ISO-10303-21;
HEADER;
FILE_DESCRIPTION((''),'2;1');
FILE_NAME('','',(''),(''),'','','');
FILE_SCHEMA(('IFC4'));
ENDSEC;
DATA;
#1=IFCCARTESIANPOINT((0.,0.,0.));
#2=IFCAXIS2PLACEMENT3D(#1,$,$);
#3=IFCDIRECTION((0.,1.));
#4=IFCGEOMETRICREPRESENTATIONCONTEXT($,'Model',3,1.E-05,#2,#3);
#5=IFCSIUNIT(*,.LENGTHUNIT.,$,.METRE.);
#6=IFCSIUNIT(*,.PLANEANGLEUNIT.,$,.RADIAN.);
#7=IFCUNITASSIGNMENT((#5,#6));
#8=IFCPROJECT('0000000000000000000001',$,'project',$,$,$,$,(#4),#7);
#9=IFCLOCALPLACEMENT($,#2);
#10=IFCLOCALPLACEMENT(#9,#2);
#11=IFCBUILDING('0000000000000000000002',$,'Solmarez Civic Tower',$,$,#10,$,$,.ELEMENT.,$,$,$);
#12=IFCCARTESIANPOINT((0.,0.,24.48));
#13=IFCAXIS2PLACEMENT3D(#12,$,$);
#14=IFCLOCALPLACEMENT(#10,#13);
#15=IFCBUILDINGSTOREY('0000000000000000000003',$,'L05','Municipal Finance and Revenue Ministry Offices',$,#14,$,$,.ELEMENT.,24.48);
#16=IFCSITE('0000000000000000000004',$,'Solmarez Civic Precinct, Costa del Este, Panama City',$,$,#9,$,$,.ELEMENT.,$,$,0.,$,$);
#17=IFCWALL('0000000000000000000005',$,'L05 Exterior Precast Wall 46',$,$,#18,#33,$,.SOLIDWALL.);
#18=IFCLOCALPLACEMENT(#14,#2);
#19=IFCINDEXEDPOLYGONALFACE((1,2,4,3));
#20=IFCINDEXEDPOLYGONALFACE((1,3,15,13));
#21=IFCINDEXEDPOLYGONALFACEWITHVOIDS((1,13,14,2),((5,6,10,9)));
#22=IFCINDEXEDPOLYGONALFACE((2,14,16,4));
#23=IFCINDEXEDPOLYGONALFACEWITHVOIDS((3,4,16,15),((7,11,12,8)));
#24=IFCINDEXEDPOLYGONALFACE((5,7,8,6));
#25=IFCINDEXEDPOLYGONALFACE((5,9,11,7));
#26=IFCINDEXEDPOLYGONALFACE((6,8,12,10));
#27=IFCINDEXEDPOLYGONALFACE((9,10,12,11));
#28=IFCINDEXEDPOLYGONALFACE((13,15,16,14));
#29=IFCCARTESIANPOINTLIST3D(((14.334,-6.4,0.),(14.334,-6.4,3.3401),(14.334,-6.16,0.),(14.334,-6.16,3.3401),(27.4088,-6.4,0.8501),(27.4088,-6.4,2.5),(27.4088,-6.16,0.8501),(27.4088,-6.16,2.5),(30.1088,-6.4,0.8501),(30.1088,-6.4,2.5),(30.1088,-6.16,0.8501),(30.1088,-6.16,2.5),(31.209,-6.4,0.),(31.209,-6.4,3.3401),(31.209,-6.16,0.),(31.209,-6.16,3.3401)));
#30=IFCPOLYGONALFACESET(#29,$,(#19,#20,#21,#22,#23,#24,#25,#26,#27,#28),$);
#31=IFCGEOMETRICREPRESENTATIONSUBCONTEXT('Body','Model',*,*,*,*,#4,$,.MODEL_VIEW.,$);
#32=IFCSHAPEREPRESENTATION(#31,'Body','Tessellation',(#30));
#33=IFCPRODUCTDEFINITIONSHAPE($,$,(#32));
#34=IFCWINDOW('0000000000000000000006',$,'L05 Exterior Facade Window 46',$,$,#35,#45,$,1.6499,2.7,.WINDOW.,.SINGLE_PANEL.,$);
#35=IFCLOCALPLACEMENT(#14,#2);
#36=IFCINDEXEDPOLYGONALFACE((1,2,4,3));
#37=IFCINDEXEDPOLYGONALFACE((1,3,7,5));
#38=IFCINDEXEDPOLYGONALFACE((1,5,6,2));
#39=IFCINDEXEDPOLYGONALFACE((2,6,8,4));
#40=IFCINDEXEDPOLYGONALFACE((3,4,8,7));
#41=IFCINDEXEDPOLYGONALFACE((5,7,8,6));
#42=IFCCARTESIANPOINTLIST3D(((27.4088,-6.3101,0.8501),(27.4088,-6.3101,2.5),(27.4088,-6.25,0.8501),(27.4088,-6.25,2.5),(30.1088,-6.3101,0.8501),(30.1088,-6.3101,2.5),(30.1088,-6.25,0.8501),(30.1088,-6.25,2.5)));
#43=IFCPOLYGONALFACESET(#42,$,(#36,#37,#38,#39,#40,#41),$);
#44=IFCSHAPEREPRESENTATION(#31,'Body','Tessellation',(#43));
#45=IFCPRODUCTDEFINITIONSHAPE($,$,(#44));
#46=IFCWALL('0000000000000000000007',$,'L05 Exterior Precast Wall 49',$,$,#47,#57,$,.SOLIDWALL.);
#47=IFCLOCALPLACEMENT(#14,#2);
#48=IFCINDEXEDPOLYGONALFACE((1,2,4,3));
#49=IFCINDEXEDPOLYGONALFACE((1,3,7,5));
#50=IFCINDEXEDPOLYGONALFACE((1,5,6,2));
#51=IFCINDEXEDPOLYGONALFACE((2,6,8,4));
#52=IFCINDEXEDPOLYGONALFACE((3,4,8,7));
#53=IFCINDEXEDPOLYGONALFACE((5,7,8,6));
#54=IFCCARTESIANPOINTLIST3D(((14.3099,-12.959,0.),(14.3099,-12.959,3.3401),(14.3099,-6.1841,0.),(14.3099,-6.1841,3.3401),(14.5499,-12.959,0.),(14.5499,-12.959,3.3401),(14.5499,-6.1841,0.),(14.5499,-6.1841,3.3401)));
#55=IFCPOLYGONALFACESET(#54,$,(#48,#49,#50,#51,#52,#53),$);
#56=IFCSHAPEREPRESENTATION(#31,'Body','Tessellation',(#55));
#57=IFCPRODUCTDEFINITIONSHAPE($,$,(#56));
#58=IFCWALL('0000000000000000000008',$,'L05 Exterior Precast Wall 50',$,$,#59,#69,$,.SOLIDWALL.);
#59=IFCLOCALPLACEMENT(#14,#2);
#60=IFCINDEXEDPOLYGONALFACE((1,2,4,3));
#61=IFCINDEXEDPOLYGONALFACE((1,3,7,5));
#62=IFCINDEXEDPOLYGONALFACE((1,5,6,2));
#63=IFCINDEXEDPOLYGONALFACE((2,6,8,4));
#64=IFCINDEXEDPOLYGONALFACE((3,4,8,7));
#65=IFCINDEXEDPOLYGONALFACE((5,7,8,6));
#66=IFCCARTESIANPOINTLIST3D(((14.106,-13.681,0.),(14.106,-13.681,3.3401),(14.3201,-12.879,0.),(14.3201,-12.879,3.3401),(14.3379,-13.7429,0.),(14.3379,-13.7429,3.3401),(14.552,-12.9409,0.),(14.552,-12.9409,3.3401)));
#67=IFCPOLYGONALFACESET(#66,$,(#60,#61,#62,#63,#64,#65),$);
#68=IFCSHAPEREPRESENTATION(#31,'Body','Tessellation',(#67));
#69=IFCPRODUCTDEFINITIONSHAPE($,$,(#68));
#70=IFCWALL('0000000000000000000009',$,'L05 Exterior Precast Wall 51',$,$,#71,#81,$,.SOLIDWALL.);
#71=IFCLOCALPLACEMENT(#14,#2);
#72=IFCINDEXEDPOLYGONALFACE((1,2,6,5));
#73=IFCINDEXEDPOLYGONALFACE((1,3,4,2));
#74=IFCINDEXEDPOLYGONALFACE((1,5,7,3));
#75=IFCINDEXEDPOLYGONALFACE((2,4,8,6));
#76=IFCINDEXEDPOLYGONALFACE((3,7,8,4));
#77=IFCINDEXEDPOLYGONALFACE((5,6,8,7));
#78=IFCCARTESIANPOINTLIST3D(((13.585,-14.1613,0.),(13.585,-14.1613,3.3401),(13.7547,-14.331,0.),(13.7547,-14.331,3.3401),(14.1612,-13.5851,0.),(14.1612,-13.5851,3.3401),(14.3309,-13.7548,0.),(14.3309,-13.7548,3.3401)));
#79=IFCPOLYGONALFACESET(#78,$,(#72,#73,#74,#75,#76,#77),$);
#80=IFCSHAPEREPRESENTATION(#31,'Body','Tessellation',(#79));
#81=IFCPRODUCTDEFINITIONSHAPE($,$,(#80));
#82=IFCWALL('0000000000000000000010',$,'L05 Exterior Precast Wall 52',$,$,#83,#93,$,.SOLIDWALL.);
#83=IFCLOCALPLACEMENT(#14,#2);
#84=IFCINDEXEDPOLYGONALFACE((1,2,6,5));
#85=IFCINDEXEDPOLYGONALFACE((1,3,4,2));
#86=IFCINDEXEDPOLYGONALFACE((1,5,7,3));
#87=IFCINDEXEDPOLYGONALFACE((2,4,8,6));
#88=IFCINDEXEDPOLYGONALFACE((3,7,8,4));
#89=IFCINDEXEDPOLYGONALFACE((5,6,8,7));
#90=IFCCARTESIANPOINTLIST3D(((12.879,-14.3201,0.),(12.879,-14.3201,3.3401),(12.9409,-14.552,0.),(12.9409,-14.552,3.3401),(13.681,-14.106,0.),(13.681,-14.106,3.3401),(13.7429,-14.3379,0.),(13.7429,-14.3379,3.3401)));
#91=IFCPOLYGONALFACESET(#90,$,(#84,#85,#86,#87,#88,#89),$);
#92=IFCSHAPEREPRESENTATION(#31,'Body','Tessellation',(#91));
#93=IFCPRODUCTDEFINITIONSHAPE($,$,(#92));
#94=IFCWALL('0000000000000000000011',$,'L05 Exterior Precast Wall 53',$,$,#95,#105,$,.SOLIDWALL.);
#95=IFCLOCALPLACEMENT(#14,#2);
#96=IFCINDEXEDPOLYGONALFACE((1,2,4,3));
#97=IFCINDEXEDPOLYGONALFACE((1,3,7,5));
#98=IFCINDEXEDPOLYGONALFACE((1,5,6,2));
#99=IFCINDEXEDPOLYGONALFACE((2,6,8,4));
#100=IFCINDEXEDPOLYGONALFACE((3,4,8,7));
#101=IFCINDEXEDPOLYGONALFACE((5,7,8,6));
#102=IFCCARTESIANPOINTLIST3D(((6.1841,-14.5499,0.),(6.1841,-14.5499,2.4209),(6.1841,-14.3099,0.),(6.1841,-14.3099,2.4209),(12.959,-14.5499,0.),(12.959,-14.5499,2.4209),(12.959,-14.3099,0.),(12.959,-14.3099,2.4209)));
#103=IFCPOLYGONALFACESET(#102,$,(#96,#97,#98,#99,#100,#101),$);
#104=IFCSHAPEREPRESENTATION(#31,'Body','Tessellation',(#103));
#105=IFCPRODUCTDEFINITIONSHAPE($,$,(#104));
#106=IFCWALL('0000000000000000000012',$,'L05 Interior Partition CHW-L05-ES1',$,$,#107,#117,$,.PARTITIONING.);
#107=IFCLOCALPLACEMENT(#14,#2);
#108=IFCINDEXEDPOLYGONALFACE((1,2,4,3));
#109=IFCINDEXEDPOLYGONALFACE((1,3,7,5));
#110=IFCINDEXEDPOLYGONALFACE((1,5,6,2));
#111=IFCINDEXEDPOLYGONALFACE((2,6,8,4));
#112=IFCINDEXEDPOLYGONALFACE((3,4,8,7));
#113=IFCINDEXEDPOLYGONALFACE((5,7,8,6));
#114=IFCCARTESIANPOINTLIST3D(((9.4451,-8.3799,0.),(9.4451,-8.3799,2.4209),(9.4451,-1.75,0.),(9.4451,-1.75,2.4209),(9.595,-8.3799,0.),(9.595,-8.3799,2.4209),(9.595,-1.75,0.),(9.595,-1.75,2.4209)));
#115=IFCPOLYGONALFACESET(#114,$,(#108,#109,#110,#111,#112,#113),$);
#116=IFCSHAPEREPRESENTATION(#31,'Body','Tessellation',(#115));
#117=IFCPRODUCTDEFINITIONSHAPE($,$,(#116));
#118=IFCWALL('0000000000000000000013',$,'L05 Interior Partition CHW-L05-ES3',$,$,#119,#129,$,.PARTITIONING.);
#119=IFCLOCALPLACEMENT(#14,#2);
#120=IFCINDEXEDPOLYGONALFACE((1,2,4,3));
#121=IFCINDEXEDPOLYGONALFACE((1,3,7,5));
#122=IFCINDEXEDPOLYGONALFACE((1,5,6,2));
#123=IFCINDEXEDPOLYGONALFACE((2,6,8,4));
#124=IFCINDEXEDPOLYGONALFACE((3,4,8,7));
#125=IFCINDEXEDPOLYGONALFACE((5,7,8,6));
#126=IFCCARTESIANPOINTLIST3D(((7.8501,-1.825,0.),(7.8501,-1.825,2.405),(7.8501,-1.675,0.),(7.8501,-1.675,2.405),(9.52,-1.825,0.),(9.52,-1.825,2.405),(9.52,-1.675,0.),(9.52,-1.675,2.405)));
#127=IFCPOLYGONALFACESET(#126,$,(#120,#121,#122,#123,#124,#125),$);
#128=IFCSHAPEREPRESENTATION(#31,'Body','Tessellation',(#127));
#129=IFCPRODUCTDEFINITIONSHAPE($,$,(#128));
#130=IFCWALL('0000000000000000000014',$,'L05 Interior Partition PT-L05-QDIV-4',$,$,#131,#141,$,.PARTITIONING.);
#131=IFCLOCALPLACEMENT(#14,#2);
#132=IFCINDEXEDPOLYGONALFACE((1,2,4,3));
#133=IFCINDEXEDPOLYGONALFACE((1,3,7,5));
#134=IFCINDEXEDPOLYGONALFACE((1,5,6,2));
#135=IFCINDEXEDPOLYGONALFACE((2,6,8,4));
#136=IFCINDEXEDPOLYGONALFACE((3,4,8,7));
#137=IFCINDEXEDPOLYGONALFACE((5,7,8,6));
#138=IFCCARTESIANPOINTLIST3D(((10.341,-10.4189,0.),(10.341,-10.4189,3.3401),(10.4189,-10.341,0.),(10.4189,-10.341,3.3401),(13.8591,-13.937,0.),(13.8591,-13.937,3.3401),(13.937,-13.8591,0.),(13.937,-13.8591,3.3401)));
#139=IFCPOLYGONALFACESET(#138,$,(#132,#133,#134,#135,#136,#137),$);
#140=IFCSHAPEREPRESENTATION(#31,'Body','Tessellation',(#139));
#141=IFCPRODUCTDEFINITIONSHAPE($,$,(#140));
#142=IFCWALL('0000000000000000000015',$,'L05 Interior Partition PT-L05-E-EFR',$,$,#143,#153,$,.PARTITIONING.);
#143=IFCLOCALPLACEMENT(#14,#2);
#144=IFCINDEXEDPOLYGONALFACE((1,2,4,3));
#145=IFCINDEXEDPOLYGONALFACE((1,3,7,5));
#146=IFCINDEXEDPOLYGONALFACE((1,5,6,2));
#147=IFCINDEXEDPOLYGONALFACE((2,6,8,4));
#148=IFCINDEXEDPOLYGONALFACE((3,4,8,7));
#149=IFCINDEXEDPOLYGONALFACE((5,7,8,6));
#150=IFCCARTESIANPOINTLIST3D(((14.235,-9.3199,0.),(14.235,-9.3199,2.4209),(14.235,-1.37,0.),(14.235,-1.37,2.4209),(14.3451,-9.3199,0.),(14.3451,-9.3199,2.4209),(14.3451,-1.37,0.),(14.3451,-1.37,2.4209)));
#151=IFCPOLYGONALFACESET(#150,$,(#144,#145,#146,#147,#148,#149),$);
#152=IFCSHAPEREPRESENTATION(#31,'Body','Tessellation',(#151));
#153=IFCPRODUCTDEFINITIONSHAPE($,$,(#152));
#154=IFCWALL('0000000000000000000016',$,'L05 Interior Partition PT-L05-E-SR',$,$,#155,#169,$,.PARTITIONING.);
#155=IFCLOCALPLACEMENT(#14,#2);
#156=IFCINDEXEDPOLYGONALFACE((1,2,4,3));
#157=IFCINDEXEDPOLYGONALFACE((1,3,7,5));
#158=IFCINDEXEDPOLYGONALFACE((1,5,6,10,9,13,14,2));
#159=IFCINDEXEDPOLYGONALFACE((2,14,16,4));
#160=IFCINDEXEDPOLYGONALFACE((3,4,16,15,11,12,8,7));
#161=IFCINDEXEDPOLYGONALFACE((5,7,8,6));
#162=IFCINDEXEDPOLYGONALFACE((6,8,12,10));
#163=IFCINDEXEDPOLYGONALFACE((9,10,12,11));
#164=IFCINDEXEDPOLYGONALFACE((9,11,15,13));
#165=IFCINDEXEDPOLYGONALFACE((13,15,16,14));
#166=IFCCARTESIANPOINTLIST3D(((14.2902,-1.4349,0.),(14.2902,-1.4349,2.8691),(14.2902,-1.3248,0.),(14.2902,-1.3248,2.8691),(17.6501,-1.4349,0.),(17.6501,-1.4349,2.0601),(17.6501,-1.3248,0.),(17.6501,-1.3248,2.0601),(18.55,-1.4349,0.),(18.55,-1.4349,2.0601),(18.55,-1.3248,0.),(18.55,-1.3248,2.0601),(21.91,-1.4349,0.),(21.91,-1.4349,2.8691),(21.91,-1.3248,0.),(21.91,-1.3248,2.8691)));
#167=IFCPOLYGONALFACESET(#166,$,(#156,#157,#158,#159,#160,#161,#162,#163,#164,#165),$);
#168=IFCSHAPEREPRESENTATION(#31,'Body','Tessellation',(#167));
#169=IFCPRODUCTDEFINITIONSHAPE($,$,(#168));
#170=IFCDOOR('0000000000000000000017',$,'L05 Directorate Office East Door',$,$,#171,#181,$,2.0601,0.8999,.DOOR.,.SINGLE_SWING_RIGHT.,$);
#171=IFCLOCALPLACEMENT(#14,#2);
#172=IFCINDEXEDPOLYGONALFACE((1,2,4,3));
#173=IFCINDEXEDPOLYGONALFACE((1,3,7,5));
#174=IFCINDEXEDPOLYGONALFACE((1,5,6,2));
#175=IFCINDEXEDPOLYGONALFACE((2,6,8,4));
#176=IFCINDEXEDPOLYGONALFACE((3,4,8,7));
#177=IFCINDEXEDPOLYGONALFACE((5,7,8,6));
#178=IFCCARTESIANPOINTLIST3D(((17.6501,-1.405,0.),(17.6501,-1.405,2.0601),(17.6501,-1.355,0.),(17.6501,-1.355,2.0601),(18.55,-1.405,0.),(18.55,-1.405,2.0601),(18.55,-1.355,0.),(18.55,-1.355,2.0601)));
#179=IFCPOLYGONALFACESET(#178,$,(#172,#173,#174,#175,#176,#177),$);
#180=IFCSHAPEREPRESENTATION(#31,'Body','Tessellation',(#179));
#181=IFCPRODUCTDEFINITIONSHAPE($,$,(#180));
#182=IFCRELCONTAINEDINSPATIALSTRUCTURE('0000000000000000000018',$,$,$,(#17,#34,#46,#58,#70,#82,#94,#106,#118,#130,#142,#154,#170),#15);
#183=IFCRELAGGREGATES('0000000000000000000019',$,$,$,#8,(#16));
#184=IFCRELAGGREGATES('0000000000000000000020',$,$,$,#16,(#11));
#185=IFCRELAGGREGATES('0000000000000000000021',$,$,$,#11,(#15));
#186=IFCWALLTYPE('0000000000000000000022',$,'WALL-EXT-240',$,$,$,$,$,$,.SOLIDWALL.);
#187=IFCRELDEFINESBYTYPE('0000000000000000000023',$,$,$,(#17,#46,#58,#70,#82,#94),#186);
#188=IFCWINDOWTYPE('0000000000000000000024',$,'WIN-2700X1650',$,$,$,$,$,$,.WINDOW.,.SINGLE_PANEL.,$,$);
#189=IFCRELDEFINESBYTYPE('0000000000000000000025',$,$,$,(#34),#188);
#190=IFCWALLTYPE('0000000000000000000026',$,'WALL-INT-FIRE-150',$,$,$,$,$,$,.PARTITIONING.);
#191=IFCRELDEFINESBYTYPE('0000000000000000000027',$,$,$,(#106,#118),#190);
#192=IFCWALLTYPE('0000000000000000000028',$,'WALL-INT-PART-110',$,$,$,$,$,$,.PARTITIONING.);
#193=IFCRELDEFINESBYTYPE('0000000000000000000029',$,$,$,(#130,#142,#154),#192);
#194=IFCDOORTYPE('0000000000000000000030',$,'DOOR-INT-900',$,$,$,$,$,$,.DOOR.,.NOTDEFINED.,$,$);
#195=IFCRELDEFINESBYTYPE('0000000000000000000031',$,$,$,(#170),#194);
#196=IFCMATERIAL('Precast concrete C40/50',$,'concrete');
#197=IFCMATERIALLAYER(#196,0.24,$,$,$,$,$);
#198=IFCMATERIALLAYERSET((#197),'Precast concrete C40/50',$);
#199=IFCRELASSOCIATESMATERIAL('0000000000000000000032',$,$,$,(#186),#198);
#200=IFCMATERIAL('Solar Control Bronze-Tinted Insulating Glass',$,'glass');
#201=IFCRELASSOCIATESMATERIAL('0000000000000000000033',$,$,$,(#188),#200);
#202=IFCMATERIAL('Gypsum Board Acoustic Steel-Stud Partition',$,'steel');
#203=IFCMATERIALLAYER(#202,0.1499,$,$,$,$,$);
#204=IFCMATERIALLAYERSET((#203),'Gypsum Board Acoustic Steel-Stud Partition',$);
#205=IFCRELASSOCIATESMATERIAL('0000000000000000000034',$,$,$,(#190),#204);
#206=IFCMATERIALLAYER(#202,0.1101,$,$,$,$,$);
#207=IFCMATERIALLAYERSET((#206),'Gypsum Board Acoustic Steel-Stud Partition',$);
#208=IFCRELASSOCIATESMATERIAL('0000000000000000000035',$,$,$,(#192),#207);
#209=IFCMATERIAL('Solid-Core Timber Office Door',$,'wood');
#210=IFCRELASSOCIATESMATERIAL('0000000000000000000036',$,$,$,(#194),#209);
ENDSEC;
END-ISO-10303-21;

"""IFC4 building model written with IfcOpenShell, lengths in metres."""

from ifc_helpers import new_model, si_unit, direction, frame, frame_2d, origin, place, context, subcontext, project, spatial, rectangle, extrude, material, layer, layer_set, type_object, element, fill, save


model = new_model("IFC4")

# Units and contexts
model_context = context("Model", 3, precision=1e-05, world=origin(), true_north=direction((0.0, 1.0)))
body_context = subcontext(model_context, "Body", "Model", "MODEL_VIEW")
ifc_project = project(units=[si_unit("LENGTHUNIT", "METRE"), si_unit("PLANEANGLEUNIT", "RADIAN")], contexts=[model_context])

# Site, building, storey
site_placement = place(None, origin())
site = spatial("IfcSite", under=ifc_project, at=site_placement, Name="Solmarez Civic Precinct, Costa del Este, Panama City", CompositionType="ELEMENT", RefElevation=0.0)
building_placement = place(site_placement, origin())
building = spatial("IfcBuilding", under=site, at=building_placement, Name="Solmarez Civic Tower", CompositionType="ELEMENT")
storey_placement = place(building_placement, frame((0.0, 0.0, 24.48)))
storey = spatial("IfcBuildingStorey", under=building, at=storey_placement, Name="L05", Description="Municipal Finance and Revenue Ministry Offices", CompositionType="ELEMENT", Elevation=24.48)

# Shared definitions
ifc_material_1 = material(Name="Precast concrete C40/50", Category="concrete")
ifc_layer_1 = layer(ifc_material_1, 0.24)
ifc_layer_set_1 = layer_set([ifc_layer_1], Name="Precast concrete C40/50")
wall_type_1 = type_object("IfcWallType", Name="WALL-EXT-240", PredefinedType="SOLIDWALL", material=ifc_layer_set_1)

# Wall, opening, window
wall_1_placement = place(storey_placement, frame((31.209, -6.28, 0.0), z_axis=(0.0, 0.0, 1.0), x_axis=(-1.0, 0.0, 0.0)))
wall_1 = element("IfcWall", 1, at=wall_1_placement, inside=storey, type_object=wall_type_1, Name="L05 Exterior Precast Wall 46", PredefinedType="SOLIDWALL", context=body_context, shape_type="SweptSolid", body=[
    extrude(rectangle(XDim=16.875, YDim=0.24, at=frame_2d((8.4375, 0.0))), origin(), (0.0, 0.0, 1.0), 3.3401),
])
opening_1_placement = place(wall_1_placement, frame((1.1001, 0.0, 0.8501)))
opening_1 = element("IfcOpeningElement", 2, at=opening_1_placement, cuts=wall_1, PredefinedType="OPENING", context=body_context, shape_type="SweptSolid", body=[
    extrude(rectangle(XDim=2.7, YDim=1.6499, at=frame_2d((1.3501, 0.825))), frame((0.0, 0.1299, 0.0), z_axis=(0.0, -1.0, 0.0), x_axis=(1.0, 0.0, 0.0)), (0.0, 0.0, 1.0), 0.26),
])
ifc_material_2 = material(Name="Solar Control Bronze-Tinted Insulating Glass", Category="glass")
window_type = type_object("IfcWindowType", Name="WIN-2700X1650", PartitioningType="SINGLE_PANEL", PredefinedType="WINDOW", material=ifc_material_2)
window_placement = place(opening_1_placement, origin())
window = element("IfcWindow", 3, at=window_placement, inside=storey, type_object=window_type, Name="L05 Exterior Facade Window 46", OverallHeight=1.6499, OverallWidth=2.7, PartitioningType="SINGLE_PANEL", PredefinedType="WINDOW", context=body_context, shape_type="SweptSolid", body=[
    extrude(rectangle(XDim=2.7, YDim=1.6499, at=frame_2d((1.3501, 0.825))), frame((0.0, 0.03, 0.0), z_axis=(0.0, -1.0, 0.0), x_axis=(1.0, 0.0, 0.0)), (0.0, 0.0, 1.0), 0.0601),
])
fill(opening_1, window)

# Walls
wall_2_placement = place(storey_placement, frame((14.4299, -6.1841, 0.0), z_axis=(0.0, 0.0, 1.0), x_axis=(0.0, -1.0, 0.0)))
element("IfcWall", 4, at=wall_2_placement, inside=storey, type_object=wall_type_1, Name="L05 Exterior Precast Wall 49", PredefinedType="SOLIDWALL", context=body_context, shape_type="SweptSolid", body=[
    extrude(rectangle(XDim=6.7749, YDim=0.24, at=frame_2d((3.3875, 0.0))), origin(), (0.0, 0.0, 1.0), 3.3401),
])
wall_3_placement = place(storey_placement, frame((14.436, -12.9099, 0.0), z_axis=(0.0, 0.0, 1.0), x_axis=(-0.257937, -0.966162, 0.0)))
element("IfcWall", 5, at=wall_3_placement, inside=storey, type_object=wall_type_1, Name="L05 Exterior Precast Wall 50", PredefinedType="SOLIDWALL", context=body_context, shape_type="SweptSolid", body=[
    extrude(rectangle(XDim=0.8301, YDim=0.24, at=frame_2d((0.415, 0.0))), origin(), (0.0, 0.0, 1.0), 3.3401),
])
wall_4_placement = place(storey_placement, frame((14.2461, -13.6699, 0.0), z_axis=(0.0, 0.0, 1.0), x_axis=(-0.707107, -0.707107, 0.0)))
element("IfcWall", 6, at=wall_4_placement, inside=storey, type_object=wall_type_1, Name="L05 Exterior Precast Wall 51", PredefinedType="SOLIDWALL", context=body_context, shape_type="SweptSolid", body=[
    extrude(rectangle(XDim=0.8149, YDim=0.24, at=frame_2d((0.4075, 0.0))), origin(), (0.0, 0.0, 1.0), 3.3401),
])
wall_5_placement = place(storey_placement, frame((13.7119, -14.2219, 0.0), z_axis=(0.0, 0.0, 1.0), x_axis=(-0.966162, -0.257937, 0.0)))
element("IfcWall", 7, at=wall_5_placement, inside=storey, type_object=wall_type_1, Name="L05 Exterior Precast Wall 52", PredefinedType="SOLIDWALL", context=body_context, shape_type="SweptSolid", body=[
    extrude(rectangle(XDim=0.8301, YDim=0.24, at=frame_2d((0.415, 0.0))), origin(), (0.0, 0.0, 1.0), 3.3401),
])
wall_6_placement = place(storey_placement, frame((12.959, -14.4299, 0.0), z_axis=(0.0, 0.0, 1.0), x_axis=(-1.0, 0.0, 0.0)))
element("IfcWall", 8, at=wall_6_placement, inside=storey, type_object=wall_type_1, Name="L05 Exterior Precast Wall 53", PredefinedType="SOLIDWALL", context=body_context, shape_type="SweptSolid", body=[
    extrude(rectangle(XDim=6.7749, YDim=0.24, at=frame_2d((3.3875, 0.0))), origin(), (0.0, 0.0, 1.0), 2.4209),
])
ifc_material_3 = material(Name="Gypsum Board Acoustic Steel-Stud Partition", Category="steel")
ifc_layer_2 = layer(ifc_material_3, 0.1499)
ifc_layer_set_2 = layer_set([ifc_layer_2], Name="Gypsum Board Acoustic Steel-Stud Partition")
wall_type_2 = type_object("IfcWallType", Name="WALL-INT-FIRE-150", PredefinedType="PARTITIONING", material=ifc_layer_set_2)
wall_7_placement = place(storey_placement, frame((9.52, -8.3799, 0.0), z_axis=(0.0, 0.0, 1.0), x_axis=(0.0, 1.0, 0.0)))
element("IfcWall", 9, at=wall_7_placement, inside=storey, type_object=wall_type_2, Name="L05 Interior Partition CHW-L05-ES1", PredefinedType="PARTITIONING", context=body_context, shape_type="SweptSolid", body=[
    extrude(rectangle(XDim=6.6299, YDim=0.1499, at=frame_2d((3.3149, 0.0))), origin(), (0.0, 0.0, 1.0), 2.4209),
])
wall_8_placement = place(storey_placement, frame((7.8501, -1.75, 0.0), z_axis=(0.0, 0.0, 1.0), x_axis=(1.0, 0.0, 0.0)))
element("IfcWall", 10, at=wall_8_placement, inside=storey, type_object=wall_type_2, Name="L05 Interior Partition CHW-L05-ES3", PredefinedType="PARTITIONING", context=body_context, shape_type="SweptSolid", body=[
    extrude(rectangle(XDim=1.6699, YDim=0.1499, at=frame_2d((0.835, 0.0))), origin(), (0.0, 0.0, 1.0), 2.405),
])
ifc_layer_3 = layer(ifc_material_3, 0.1101)
ifc_layer_set_3 = layer_set([ifc_layer_3], Name="Gypsum Board Acoustic Steel-Stud Partition")
wall_type_3 = type_object("IfcWallType", Name="WALL-INT-PART-110", PredefinedType="PARTITIONING", material=ifc_layer_set_3)
wall_9_placement = place(storey_placement, frame((10.3799, -10.3799, 0.0), z_axis=(0.0, 0.0, 1.0), x_axis=(0.707107, -0.707107, 0.0)))
element("IfcWall", 11, at=wall_9_placement, inside=storey, type_object=wall_type_3, Name="L05 Interior Partition PT-L05-QDIV-4", PredefinedType="PARTITIONING", context=body_context, shape_type="SweptSolid", body=[
    extrude(rectangle(XDim=4.9753, YDim=0.1101, at=frame_2d((2.4878, 0.0))), origin(), (0.0, 0.0, 1.0), 3.3401),
])
wall_10_placement = place(storey_placement, frame((14.29, -9.3201, 0.0), z_axis=(0.0, 0.0, 1.0), x_axis=(0.0, 1.0, 0.0)))
element("IfcWall", 12, at=wall_10_placement, inside=storey, type_object=wall_type_3, Name="L05 Interior Partition PT-L05-E-EFR", PredefinedType="PARTITIONING", context=body_context, shape_type="SweptSolid", body=[
    extrude(rectangle(XDim=7.95, YDim=0.1101, at=frame_2d((3.9751, 0.0))), origin(), (0.0, 0.0, 1.0), 2.4209),
])

# Wall, opening, door
wall_11_placement = place(storey_placement, frame((14.29, -1.3799, 0.0), z_axis=(0.0, 0.0, 1.0), x_axis=(1.0, 0.0, 0.0)))
wall_11 = element("IfcWall", 13, at=wall_11_placement, inside=storey, type_object=wall_type_3, Name="L05 Interior Partition PT-L05-E-SR", PredefinedType="PARTITIONING", context=body_context, shape_type="SweptSolid", body=[
    extrude(rectangle(XDim=7.6199, YDim=0.1101, at=frame_2d((3.8101, 0.0))), origin(), (0.0, 0.0, 1.0), 2.8691),
])
opening_2_placement = place(wall_11_placement, frame((3.3601, 0.0, 0.0)))
opening_2 = element("IfcOpeningElement", 14, at=opening_2_placement, cuts=wall_11, PredefinedType="OPENING", context=body_context, shape_type="SweptSolid", body=[
    extrude(rectangle(XDim=0.8999, YDim=2.0601, at=frame_2d((0.45, 1.03))), frame((0.0, 0.0649, 0.0), z_axis=(0.0, -1.0, 0.0), x_axis=(1.0, 0.0, 0.0)), (0.0, 0.0, 1.0), 0.1301),
])
ifc_material_4 = material(Name="Solid-Core Timber Office Door", Category="wood")
door_type = type_object("IfcDoorType", Name="DOOR-INT-900", OperationType="NOTDEFINED", PredefinedType="DOOR", material=ifc_material_4)
door_placement = place(opening_2_placement, origin())
door = element("IfcDoor", 15, at=door_placement, inside=storey, type_object=door_type, Name="L05 Directorate Office East Door", OperationType="SINGLE_SWING_RIGHT", OverallHeight=2.0601, OverallWidth=0.8999, PredefinedType="DOOR", context=body_context, shape_type="SweptSolid", body=[
    extrude(rectangle(XDim=0.8999, YDim=2.0601, at=frame_2d((0.45, 1.03))), frame((0.0, 0.0249, 0.0), z_axis=(0.0, -1.0, 0.0), x_axis=(1.0, 0.0, 0.0)), (0.0, 0.0, 1.0), 0.05),
])
fill(opening_2, door)

save(model, "model.ifc")
